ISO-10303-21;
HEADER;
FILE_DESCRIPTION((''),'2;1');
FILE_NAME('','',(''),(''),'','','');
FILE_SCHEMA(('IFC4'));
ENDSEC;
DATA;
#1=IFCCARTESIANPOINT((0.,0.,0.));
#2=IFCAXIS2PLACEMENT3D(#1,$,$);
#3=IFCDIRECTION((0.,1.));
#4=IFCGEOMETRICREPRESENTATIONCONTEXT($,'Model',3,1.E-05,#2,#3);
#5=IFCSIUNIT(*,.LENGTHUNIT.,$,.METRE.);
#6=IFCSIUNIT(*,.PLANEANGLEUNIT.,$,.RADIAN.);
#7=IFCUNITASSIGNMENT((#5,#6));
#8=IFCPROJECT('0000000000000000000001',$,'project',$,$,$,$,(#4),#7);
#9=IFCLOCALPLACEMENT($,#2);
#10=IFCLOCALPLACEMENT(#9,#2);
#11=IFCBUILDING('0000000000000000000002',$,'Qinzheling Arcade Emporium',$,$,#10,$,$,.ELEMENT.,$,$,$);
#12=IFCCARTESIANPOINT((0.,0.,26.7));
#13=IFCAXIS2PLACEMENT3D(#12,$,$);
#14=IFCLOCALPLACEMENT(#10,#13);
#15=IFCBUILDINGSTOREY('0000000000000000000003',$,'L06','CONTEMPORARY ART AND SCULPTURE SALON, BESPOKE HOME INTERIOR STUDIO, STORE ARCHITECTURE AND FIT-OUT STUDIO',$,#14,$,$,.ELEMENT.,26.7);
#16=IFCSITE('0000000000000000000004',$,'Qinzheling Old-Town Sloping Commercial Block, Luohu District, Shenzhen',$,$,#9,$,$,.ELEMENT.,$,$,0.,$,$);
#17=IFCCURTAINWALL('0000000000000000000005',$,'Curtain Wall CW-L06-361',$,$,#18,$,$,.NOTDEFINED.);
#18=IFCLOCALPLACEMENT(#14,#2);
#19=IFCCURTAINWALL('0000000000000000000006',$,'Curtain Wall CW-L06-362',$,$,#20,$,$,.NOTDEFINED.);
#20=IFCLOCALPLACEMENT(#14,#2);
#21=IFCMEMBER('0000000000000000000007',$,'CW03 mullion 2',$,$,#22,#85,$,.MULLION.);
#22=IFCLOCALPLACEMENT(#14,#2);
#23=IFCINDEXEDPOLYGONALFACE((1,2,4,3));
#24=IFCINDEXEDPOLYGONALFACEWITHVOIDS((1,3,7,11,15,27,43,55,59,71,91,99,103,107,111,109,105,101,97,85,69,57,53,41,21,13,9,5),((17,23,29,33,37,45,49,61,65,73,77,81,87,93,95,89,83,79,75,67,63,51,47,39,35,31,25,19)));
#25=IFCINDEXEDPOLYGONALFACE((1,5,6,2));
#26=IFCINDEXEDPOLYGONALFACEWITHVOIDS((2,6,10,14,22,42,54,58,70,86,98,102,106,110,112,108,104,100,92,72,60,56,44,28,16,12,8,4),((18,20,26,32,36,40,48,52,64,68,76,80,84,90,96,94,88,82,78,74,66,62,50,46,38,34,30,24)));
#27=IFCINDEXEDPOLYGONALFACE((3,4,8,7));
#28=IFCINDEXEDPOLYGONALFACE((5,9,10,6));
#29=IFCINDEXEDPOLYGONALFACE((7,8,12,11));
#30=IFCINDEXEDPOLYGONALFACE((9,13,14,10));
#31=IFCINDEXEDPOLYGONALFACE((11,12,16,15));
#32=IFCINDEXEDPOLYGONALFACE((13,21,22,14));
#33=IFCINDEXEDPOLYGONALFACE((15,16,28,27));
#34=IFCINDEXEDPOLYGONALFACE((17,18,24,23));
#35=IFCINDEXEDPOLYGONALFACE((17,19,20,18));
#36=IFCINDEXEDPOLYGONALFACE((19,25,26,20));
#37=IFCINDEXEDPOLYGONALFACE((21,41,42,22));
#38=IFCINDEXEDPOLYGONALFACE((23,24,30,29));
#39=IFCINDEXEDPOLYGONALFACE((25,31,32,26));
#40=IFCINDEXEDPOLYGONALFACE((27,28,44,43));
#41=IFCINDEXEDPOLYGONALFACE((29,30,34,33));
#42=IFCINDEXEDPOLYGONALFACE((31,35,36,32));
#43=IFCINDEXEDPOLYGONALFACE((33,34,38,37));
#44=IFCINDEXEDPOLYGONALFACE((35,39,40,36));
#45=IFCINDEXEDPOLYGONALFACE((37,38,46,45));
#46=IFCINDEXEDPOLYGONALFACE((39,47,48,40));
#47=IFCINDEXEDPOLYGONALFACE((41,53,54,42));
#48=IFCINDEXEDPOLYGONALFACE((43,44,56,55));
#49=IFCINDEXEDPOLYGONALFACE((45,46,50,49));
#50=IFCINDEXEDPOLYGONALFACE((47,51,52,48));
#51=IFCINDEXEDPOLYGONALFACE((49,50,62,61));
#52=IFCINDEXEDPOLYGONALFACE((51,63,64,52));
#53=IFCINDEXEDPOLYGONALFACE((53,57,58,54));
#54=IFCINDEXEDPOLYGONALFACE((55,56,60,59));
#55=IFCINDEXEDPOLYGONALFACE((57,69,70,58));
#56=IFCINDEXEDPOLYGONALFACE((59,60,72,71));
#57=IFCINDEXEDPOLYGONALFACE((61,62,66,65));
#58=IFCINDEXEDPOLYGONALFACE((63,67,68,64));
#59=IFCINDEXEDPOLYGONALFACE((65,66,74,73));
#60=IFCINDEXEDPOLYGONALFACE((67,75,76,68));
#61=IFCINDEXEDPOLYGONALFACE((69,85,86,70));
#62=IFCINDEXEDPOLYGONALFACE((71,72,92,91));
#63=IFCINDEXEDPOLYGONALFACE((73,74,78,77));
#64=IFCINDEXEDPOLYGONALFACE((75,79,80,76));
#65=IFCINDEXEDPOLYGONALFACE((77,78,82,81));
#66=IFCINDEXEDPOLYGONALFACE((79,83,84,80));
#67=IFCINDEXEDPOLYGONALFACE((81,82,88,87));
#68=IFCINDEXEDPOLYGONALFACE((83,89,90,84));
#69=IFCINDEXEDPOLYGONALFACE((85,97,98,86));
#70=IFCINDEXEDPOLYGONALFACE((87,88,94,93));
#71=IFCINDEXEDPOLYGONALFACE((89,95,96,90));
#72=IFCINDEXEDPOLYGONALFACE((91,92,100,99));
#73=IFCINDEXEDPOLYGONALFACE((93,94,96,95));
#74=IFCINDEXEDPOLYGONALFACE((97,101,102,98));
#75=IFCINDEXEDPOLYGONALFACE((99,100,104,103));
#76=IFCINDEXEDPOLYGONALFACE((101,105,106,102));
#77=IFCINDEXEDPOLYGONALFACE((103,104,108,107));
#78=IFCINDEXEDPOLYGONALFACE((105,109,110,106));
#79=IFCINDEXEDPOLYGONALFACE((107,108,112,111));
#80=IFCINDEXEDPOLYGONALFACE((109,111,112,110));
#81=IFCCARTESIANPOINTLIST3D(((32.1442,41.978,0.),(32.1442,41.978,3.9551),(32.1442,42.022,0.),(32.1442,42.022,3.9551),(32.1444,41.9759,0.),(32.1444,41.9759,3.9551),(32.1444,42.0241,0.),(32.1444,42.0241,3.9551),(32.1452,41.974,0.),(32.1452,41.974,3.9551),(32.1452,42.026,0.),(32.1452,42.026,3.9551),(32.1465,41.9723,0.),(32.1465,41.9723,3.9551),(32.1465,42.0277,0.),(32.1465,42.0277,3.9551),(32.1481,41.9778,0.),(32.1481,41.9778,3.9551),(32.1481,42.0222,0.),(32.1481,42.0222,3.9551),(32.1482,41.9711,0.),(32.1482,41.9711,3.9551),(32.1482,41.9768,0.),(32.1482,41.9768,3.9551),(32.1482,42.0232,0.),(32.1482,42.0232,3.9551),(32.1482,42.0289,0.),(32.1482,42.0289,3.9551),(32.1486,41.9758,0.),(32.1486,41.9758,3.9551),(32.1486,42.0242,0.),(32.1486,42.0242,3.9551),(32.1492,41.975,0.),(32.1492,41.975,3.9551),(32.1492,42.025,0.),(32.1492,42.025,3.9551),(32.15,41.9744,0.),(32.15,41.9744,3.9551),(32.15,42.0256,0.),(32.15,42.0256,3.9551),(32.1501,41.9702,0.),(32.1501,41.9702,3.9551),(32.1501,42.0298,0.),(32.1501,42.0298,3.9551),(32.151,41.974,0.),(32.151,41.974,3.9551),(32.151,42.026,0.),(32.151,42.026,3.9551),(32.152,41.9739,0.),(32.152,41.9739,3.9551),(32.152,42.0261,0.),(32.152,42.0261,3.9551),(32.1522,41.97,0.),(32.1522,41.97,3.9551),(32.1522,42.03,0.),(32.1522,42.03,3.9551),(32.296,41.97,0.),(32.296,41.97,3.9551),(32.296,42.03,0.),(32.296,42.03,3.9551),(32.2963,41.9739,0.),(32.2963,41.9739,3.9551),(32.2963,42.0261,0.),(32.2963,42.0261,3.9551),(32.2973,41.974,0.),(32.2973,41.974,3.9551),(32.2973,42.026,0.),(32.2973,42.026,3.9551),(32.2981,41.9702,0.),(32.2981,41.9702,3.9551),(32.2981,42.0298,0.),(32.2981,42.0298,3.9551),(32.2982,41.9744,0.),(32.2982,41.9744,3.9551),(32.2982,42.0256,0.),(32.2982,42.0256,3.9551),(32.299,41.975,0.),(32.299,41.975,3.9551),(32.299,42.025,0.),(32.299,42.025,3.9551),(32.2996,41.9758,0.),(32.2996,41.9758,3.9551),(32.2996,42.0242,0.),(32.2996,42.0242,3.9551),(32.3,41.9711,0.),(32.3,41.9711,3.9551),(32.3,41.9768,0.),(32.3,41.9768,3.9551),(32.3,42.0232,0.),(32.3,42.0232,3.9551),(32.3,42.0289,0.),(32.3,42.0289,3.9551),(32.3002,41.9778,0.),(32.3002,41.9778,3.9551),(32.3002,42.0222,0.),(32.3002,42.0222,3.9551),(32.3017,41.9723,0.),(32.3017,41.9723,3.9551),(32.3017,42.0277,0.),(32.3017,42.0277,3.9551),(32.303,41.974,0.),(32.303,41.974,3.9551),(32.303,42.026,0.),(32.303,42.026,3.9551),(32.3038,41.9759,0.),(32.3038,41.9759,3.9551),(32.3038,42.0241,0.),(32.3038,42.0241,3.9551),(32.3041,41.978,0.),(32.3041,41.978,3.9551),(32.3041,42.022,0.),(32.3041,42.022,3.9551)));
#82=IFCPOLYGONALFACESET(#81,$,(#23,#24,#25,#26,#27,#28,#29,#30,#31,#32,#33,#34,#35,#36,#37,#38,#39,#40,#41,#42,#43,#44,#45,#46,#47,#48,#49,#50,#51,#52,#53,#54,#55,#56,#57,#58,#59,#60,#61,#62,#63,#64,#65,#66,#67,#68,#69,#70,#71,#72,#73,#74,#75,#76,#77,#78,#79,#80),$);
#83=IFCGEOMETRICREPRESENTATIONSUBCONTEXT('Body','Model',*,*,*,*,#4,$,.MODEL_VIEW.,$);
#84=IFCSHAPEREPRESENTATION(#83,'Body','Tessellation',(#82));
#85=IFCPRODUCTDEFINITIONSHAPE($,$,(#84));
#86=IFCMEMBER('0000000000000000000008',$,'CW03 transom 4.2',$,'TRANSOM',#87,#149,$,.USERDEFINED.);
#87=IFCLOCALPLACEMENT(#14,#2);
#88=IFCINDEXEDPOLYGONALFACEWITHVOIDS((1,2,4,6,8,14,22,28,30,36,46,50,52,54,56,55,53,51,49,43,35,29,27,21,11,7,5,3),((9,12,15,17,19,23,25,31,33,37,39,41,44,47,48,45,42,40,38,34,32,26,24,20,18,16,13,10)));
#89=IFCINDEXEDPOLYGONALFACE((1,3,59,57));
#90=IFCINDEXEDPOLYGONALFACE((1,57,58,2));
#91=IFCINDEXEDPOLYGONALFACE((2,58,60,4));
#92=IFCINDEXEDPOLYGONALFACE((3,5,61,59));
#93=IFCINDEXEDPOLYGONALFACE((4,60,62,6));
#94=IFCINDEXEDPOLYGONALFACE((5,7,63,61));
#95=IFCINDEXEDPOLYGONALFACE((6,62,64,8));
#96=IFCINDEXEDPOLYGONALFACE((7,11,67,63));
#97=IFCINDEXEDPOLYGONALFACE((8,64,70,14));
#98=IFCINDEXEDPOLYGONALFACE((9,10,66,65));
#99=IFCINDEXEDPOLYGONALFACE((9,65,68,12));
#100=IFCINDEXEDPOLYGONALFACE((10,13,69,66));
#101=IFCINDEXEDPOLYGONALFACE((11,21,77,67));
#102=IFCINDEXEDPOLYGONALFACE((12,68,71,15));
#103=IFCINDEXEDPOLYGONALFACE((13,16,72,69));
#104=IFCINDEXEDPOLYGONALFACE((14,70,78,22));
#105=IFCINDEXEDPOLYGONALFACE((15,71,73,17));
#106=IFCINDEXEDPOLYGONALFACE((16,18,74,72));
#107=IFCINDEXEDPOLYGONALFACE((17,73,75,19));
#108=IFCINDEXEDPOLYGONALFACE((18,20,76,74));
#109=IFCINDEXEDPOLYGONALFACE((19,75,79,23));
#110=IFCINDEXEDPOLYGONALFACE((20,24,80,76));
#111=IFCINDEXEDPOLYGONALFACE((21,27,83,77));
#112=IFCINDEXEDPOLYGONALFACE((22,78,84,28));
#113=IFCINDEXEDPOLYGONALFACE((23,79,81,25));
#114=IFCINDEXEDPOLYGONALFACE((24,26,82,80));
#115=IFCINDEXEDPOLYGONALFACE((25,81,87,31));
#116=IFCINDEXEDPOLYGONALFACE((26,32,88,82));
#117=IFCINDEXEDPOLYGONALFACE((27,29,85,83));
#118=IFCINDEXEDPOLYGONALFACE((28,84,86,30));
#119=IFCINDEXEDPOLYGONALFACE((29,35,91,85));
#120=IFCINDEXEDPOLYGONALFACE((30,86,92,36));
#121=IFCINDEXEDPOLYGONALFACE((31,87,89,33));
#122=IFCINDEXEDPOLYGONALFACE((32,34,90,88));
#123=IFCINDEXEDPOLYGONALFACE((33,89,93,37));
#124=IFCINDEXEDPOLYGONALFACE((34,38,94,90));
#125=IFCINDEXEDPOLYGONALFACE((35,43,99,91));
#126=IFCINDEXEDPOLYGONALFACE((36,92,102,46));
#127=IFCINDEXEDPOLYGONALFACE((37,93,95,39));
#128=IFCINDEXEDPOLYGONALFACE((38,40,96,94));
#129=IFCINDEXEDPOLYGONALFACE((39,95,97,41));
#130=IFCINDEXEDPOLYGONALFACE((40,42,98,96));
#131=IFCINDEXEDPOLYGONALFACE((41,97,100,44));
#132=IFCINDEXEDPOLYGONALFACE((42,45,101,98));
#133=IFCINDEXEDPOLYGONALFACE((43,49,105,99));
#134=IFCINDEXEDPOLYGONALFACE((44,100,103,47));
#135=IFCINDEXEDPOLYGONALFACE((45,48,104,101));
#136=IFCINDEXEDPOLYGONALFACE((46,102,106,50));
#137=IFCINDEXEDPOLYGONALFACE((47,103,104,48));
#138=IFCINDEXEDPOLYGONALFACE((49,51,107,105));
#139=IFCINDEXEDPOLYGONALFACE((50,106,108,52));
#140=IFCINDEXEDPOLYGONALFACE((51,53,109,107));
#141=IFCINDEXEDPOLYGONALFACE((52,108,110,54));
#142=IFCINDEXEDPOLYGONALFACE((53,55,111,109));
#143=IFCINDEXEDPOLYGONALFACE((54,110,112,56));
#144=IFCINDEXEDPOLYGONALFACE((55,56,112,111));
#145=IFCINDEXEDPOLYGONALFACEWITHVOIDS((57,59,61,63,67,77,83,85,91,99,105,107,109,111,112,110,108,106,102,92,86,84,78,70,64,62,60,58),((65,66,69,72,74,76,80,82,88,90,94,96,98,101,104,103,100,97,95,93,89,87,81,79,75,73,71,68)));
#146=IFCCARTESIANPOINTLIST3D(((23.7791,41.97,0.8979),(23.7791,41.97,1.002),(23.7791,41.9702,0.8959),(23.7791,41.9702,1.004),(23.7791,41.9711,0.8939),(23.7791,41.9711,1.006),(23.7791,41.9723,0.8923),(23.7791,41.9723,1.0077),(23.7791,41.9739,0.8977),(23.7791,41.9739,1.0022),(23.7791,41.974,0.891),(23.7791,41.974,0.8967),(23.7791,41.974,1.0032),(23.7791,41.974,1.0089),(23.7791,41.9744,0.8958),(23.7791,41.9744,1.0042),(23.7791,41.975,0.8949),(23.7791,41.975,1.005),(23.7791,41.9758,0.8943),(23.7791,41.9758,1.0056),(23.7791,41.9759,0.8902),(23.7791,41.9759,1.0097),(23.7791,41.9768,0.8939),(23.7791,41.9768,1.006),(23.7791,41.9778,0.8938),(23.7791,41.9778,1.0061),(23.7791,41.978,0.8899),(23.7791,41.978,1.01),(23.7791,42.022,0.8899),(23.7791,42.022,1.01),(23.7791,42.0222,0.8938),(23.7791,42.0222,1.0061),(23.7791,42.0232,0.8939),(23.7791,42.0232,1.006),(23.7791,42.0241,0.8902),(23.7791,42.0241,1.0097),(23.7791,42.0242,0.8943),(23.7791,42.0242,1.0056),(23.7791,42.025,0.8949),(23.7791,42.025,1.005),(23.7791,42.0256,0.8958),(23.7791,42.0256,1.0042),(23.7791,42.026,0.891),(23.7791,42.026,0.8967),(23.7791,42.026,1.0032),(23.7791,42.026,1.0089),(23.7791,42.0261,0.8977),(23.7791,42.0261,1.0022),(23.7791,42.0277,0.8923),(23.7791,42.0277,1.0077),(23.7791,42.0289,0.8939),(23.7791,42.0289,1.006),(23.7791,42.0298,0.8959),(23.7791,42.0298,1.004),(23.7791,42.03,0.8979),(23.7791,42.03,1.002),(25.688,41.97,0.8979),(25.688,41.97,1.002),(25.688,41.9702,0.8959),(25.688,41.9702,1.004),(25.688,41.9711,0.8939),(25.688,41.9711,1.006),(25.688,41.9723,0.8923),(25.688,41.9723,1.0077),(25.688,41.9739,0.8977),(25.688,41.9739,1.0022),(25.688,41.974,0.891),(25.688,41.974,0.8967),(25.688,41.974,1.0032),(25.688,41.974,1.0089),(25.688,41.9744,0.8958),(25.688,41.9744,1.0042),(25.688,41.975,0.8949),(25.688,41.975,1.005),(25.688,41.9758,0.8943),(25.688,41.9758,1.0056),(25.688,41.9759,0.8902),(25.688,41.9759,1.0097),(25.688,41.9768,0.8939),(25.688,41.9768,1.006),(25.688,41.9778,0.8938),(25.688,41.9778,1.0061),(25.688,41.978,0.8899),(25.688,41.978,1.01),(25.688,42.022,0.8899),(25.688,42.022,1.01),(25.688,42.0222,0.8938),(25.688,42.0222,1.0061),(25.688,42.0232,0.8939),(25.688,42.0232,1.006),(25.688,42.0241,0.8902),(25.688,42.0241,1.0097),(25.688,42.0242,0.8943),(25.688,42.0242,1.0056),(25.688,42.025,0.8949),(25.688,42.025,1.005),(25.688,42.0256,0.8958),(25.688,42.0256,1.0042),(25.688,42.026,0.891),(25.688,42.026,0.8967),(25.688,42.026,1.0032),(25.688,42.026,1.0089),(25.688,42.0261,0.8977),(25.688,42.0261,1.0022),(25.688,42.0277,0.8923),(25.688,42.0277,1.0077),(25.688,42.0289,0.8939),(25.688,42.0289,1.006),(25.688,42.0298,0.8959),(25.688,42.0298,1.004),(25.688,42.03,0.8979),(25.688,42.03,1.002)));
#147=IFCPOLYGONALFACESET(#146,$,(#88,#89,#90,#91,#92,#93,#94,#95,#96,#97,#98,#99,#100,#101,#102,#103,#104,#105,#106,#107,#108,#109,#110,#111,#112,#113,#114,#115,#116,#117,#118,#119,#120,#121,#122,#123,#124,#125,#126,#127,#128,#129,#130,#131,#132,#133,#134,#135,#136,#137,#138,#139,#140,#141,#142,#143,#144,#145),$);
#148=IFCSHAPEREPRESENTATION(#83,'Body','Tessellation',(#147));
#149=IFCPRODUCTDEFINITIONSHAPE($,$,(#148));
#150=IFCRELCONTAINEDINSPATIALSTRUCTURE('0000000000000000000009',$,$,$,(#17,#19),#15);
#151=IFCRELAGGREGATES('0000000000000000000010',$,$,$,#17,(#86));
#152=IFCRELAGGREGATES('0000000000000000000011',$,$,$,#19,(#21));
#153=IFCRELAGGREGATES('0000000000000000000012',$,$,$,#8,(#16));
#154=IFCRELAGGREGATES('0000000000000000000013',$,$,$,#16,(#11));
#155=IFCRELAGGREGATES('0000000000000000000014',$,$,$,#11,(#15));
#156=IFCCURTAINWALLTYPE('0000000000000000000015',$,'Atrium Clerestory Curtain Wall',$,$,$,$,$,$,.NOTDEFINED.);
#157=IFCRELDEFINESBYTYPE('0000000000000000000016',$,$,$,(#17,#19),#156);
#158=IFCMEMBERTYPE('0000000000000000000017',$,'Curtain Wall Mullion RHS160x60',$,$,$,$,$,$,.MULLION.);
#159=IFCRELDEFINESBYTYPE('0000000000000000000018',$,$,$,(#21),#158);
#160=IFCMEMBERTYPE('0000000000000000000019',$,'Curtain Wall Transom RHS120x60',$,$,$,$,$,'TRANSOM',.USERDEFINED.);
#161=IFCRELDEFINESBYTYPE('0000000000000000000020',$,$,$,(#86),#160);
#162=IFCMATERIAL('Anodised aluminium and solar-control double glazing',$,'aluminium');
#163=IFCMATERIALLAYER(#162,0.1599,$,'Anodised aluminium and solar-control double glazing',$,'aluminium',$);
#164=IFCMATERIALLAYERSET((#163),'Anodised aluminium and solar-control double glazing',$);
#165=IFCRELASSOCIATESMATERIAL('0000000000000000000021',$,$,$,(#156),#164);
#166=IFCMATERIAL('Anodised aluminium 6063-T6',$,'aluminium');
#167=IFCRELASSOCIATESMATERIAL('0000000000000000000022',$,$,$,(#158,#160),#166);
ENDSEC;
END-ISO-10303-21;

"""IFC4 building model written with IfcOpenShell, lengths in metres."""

from ifc_helpers import new_model, si_unit, direction, frame, origin, origin_2d, place, context, subcontext, project, spatial, hollow_rectangle, extrude, material, layer, layer_set, material_profile, profile_set, type_object, element, aggregate, save


model = new_model("IFC4")

# Units and contexts
model_context = context("Model", 3, precision=1e-05, world=origin(), true_north=direction((0.0, 1.0)))
body_context = subcontext(model_context, "Body", "Model", "MODEL_VIEW")
ifc_project = project(units=[si_unit("LENGTHUNIT", "METRE"), si_unit("PLANEANGLEUNIT", "RADIAN")], contexts=[model_context])

# Site, building, storey
site_placement = place(None, origin())
site = spatial("IfcSite", under=ifc_project, at=site_placement, Name="Qinzheling Old-Town Sloping Commercial Block, Luohu District, Shenzhen", CompositionType="ELEMENT", RefElevation=0.0)
building_placement = place(site_placement, origin())
building = spatial("IfcBuilding", under=site, at=building_placement, Name="Qinzheling Arcade Emporium", CompositionType="ELEMENT")
storey_placement = place(building_placement, frame((0.0, 0.0, 26.7)))
storey = spatial("IfcBuildingStorey", under=building, at=storey_placement, Name="L06", Description="CONTEMPORARY ART AND SCULPTURE SALON, BESPOKE HOME INTERIOR STUDIO, STORE ARCHITECTURE AND FIT-OUT STUDIO", CompositionType="ELEMENT", Elevation=26.7)

# Curtain wall
ifc_material_1 = material(Name="Anodised aluminium and solar-control double glazing", Category="aluminium")
ifc_layer_1 = layer(ifc_material_1, 0.1599, Name="Anodised aluminium and solar-control double glazing", Category="aluminium")
ifc_layer_set_1 = layer_set([ifc_layer_1], Name="Anodised aluminium and solar-control double glazing")
curtain_wall_type = type_object("IfcCurtainWallType", Name="Atrium Clerestory Curtain Wall", PredefinedType="NOTDEFINED", material=ifc_layer_set_1)
curtain_wall_1_placement = place(storey_placement, origin())
curtain_wall_1 = element("IfcCurtainWall", 1, at=curtain_wall_1_placement, inside=storey, type_object=curtain_wall_type, Name="Curtain Wall CW-L06-361", PredefinedType="NOTDEFINED")
ifc_material_2 = material(Name="Anodised aluminium 6063-T6", Category="aluminium")
ifc_material_profile_1 = material_profile(ifc_material_2, hollow_rectangle(XDim=0.0601, YDim=0.1599, WallThickness=0.0039, InnerFilletRadius=0.0039, OuterFilletRadius=0.0081, at=origin_2d()), Name="RHS 160x60x4", Category="aluminium")
ifc_profile_set_1 = profile_set([ifc_material_profile_1], Name="Anodised aluminium 6063-T6")
member_type_1 = type_object("IfcMemberType", Name="Curtain Wall Mullion RHS160x60", PredefinedType="MULLION", material=ifc_profile_set_1)

# Curtain wall, member
curtain_wall_2_placement = place(storey_placement, origin())
curtain_wall_2 = element("IfcCurtainWall", 2, at=curtain_wall_2_placement, inside=storey, type_object=curtain_wall_type, Name="Curtain Wall CW-L06-362", PredefinedType="NOTDEFINED")
member_1_placement = place(storey_placement, frame((32.2241, 42.0, 0.0), z_axis=(0.0, 0.0, 1.0), x_axis=(0.0, 1.0, 0.0)))
member_1 = element("IfcMember", 3, at=member_1_placement, type_object=member_type_1, Name="CW03 mullion 2", PredefinedType="MULLION", context=body_context, shape_type="SweptSolid", body=[
    extrude(hollow_rectangle(XDim=0.0601, YDim=0.1599, WallThickness=0.0039, InnerFilletRadius=0.0039, OuterFilletRadius=0.0081, at=origin_2d()), origin(), (0.0, 0.0, 1.0), 3.9551),
])

# Member
ifc_material_profile_2 = material_profile(ifc_material_2, hollow_rectangle(XDim=0.0601, YDim=0.1201, WallThickness=0.0039, InnerFilletRadius=0.0039, OuterFilletRadius=0.0081, at=origin_2d()), Name="RHS 120x60x4", Category="aluminium")
ifc_profile_set_2 = profile_set([ifc_material_profile_2], Name="Anodised aluminium 6063-T6")
member_type_2 = type_object("IfcMemberType", Name="Curtain Wall Transom RHS120x60", ElementType="TRANSOM", PredefinedType="USERDEFINED", material=ifc_profile_set_2)
member_2_placement = place(storey_placement, frame((23.7791, 42.0, 0.95), z_axis=(1.0, 0.0, 0.0), x_axis=(0.0, 1.0, 0.0)))
member_2 = element("IfcMember", 4, at=member_2_placement, type_object=member_type_2, Name="CW03 transom 4.2", ObjectType="TRANSOM", PredefinedType="USERDEFINED", context=body_context, shape_type="SweptSolid", body=[
    extrude(hollow_rectangle(XDim=0.0601, YDim=0.1201, WallThickness=0.0039, InnerFilletRadius=0.0039, OuterFilletRadius=0.0081, at=origin_2d()), origin(), (0.0, 0.0, 1.0), 1.9089),
])

aggregate(curtain_wall_1, [member_2])
aggregate(curtain_wall_2, [member_1])

save(model, "model.ifc")
